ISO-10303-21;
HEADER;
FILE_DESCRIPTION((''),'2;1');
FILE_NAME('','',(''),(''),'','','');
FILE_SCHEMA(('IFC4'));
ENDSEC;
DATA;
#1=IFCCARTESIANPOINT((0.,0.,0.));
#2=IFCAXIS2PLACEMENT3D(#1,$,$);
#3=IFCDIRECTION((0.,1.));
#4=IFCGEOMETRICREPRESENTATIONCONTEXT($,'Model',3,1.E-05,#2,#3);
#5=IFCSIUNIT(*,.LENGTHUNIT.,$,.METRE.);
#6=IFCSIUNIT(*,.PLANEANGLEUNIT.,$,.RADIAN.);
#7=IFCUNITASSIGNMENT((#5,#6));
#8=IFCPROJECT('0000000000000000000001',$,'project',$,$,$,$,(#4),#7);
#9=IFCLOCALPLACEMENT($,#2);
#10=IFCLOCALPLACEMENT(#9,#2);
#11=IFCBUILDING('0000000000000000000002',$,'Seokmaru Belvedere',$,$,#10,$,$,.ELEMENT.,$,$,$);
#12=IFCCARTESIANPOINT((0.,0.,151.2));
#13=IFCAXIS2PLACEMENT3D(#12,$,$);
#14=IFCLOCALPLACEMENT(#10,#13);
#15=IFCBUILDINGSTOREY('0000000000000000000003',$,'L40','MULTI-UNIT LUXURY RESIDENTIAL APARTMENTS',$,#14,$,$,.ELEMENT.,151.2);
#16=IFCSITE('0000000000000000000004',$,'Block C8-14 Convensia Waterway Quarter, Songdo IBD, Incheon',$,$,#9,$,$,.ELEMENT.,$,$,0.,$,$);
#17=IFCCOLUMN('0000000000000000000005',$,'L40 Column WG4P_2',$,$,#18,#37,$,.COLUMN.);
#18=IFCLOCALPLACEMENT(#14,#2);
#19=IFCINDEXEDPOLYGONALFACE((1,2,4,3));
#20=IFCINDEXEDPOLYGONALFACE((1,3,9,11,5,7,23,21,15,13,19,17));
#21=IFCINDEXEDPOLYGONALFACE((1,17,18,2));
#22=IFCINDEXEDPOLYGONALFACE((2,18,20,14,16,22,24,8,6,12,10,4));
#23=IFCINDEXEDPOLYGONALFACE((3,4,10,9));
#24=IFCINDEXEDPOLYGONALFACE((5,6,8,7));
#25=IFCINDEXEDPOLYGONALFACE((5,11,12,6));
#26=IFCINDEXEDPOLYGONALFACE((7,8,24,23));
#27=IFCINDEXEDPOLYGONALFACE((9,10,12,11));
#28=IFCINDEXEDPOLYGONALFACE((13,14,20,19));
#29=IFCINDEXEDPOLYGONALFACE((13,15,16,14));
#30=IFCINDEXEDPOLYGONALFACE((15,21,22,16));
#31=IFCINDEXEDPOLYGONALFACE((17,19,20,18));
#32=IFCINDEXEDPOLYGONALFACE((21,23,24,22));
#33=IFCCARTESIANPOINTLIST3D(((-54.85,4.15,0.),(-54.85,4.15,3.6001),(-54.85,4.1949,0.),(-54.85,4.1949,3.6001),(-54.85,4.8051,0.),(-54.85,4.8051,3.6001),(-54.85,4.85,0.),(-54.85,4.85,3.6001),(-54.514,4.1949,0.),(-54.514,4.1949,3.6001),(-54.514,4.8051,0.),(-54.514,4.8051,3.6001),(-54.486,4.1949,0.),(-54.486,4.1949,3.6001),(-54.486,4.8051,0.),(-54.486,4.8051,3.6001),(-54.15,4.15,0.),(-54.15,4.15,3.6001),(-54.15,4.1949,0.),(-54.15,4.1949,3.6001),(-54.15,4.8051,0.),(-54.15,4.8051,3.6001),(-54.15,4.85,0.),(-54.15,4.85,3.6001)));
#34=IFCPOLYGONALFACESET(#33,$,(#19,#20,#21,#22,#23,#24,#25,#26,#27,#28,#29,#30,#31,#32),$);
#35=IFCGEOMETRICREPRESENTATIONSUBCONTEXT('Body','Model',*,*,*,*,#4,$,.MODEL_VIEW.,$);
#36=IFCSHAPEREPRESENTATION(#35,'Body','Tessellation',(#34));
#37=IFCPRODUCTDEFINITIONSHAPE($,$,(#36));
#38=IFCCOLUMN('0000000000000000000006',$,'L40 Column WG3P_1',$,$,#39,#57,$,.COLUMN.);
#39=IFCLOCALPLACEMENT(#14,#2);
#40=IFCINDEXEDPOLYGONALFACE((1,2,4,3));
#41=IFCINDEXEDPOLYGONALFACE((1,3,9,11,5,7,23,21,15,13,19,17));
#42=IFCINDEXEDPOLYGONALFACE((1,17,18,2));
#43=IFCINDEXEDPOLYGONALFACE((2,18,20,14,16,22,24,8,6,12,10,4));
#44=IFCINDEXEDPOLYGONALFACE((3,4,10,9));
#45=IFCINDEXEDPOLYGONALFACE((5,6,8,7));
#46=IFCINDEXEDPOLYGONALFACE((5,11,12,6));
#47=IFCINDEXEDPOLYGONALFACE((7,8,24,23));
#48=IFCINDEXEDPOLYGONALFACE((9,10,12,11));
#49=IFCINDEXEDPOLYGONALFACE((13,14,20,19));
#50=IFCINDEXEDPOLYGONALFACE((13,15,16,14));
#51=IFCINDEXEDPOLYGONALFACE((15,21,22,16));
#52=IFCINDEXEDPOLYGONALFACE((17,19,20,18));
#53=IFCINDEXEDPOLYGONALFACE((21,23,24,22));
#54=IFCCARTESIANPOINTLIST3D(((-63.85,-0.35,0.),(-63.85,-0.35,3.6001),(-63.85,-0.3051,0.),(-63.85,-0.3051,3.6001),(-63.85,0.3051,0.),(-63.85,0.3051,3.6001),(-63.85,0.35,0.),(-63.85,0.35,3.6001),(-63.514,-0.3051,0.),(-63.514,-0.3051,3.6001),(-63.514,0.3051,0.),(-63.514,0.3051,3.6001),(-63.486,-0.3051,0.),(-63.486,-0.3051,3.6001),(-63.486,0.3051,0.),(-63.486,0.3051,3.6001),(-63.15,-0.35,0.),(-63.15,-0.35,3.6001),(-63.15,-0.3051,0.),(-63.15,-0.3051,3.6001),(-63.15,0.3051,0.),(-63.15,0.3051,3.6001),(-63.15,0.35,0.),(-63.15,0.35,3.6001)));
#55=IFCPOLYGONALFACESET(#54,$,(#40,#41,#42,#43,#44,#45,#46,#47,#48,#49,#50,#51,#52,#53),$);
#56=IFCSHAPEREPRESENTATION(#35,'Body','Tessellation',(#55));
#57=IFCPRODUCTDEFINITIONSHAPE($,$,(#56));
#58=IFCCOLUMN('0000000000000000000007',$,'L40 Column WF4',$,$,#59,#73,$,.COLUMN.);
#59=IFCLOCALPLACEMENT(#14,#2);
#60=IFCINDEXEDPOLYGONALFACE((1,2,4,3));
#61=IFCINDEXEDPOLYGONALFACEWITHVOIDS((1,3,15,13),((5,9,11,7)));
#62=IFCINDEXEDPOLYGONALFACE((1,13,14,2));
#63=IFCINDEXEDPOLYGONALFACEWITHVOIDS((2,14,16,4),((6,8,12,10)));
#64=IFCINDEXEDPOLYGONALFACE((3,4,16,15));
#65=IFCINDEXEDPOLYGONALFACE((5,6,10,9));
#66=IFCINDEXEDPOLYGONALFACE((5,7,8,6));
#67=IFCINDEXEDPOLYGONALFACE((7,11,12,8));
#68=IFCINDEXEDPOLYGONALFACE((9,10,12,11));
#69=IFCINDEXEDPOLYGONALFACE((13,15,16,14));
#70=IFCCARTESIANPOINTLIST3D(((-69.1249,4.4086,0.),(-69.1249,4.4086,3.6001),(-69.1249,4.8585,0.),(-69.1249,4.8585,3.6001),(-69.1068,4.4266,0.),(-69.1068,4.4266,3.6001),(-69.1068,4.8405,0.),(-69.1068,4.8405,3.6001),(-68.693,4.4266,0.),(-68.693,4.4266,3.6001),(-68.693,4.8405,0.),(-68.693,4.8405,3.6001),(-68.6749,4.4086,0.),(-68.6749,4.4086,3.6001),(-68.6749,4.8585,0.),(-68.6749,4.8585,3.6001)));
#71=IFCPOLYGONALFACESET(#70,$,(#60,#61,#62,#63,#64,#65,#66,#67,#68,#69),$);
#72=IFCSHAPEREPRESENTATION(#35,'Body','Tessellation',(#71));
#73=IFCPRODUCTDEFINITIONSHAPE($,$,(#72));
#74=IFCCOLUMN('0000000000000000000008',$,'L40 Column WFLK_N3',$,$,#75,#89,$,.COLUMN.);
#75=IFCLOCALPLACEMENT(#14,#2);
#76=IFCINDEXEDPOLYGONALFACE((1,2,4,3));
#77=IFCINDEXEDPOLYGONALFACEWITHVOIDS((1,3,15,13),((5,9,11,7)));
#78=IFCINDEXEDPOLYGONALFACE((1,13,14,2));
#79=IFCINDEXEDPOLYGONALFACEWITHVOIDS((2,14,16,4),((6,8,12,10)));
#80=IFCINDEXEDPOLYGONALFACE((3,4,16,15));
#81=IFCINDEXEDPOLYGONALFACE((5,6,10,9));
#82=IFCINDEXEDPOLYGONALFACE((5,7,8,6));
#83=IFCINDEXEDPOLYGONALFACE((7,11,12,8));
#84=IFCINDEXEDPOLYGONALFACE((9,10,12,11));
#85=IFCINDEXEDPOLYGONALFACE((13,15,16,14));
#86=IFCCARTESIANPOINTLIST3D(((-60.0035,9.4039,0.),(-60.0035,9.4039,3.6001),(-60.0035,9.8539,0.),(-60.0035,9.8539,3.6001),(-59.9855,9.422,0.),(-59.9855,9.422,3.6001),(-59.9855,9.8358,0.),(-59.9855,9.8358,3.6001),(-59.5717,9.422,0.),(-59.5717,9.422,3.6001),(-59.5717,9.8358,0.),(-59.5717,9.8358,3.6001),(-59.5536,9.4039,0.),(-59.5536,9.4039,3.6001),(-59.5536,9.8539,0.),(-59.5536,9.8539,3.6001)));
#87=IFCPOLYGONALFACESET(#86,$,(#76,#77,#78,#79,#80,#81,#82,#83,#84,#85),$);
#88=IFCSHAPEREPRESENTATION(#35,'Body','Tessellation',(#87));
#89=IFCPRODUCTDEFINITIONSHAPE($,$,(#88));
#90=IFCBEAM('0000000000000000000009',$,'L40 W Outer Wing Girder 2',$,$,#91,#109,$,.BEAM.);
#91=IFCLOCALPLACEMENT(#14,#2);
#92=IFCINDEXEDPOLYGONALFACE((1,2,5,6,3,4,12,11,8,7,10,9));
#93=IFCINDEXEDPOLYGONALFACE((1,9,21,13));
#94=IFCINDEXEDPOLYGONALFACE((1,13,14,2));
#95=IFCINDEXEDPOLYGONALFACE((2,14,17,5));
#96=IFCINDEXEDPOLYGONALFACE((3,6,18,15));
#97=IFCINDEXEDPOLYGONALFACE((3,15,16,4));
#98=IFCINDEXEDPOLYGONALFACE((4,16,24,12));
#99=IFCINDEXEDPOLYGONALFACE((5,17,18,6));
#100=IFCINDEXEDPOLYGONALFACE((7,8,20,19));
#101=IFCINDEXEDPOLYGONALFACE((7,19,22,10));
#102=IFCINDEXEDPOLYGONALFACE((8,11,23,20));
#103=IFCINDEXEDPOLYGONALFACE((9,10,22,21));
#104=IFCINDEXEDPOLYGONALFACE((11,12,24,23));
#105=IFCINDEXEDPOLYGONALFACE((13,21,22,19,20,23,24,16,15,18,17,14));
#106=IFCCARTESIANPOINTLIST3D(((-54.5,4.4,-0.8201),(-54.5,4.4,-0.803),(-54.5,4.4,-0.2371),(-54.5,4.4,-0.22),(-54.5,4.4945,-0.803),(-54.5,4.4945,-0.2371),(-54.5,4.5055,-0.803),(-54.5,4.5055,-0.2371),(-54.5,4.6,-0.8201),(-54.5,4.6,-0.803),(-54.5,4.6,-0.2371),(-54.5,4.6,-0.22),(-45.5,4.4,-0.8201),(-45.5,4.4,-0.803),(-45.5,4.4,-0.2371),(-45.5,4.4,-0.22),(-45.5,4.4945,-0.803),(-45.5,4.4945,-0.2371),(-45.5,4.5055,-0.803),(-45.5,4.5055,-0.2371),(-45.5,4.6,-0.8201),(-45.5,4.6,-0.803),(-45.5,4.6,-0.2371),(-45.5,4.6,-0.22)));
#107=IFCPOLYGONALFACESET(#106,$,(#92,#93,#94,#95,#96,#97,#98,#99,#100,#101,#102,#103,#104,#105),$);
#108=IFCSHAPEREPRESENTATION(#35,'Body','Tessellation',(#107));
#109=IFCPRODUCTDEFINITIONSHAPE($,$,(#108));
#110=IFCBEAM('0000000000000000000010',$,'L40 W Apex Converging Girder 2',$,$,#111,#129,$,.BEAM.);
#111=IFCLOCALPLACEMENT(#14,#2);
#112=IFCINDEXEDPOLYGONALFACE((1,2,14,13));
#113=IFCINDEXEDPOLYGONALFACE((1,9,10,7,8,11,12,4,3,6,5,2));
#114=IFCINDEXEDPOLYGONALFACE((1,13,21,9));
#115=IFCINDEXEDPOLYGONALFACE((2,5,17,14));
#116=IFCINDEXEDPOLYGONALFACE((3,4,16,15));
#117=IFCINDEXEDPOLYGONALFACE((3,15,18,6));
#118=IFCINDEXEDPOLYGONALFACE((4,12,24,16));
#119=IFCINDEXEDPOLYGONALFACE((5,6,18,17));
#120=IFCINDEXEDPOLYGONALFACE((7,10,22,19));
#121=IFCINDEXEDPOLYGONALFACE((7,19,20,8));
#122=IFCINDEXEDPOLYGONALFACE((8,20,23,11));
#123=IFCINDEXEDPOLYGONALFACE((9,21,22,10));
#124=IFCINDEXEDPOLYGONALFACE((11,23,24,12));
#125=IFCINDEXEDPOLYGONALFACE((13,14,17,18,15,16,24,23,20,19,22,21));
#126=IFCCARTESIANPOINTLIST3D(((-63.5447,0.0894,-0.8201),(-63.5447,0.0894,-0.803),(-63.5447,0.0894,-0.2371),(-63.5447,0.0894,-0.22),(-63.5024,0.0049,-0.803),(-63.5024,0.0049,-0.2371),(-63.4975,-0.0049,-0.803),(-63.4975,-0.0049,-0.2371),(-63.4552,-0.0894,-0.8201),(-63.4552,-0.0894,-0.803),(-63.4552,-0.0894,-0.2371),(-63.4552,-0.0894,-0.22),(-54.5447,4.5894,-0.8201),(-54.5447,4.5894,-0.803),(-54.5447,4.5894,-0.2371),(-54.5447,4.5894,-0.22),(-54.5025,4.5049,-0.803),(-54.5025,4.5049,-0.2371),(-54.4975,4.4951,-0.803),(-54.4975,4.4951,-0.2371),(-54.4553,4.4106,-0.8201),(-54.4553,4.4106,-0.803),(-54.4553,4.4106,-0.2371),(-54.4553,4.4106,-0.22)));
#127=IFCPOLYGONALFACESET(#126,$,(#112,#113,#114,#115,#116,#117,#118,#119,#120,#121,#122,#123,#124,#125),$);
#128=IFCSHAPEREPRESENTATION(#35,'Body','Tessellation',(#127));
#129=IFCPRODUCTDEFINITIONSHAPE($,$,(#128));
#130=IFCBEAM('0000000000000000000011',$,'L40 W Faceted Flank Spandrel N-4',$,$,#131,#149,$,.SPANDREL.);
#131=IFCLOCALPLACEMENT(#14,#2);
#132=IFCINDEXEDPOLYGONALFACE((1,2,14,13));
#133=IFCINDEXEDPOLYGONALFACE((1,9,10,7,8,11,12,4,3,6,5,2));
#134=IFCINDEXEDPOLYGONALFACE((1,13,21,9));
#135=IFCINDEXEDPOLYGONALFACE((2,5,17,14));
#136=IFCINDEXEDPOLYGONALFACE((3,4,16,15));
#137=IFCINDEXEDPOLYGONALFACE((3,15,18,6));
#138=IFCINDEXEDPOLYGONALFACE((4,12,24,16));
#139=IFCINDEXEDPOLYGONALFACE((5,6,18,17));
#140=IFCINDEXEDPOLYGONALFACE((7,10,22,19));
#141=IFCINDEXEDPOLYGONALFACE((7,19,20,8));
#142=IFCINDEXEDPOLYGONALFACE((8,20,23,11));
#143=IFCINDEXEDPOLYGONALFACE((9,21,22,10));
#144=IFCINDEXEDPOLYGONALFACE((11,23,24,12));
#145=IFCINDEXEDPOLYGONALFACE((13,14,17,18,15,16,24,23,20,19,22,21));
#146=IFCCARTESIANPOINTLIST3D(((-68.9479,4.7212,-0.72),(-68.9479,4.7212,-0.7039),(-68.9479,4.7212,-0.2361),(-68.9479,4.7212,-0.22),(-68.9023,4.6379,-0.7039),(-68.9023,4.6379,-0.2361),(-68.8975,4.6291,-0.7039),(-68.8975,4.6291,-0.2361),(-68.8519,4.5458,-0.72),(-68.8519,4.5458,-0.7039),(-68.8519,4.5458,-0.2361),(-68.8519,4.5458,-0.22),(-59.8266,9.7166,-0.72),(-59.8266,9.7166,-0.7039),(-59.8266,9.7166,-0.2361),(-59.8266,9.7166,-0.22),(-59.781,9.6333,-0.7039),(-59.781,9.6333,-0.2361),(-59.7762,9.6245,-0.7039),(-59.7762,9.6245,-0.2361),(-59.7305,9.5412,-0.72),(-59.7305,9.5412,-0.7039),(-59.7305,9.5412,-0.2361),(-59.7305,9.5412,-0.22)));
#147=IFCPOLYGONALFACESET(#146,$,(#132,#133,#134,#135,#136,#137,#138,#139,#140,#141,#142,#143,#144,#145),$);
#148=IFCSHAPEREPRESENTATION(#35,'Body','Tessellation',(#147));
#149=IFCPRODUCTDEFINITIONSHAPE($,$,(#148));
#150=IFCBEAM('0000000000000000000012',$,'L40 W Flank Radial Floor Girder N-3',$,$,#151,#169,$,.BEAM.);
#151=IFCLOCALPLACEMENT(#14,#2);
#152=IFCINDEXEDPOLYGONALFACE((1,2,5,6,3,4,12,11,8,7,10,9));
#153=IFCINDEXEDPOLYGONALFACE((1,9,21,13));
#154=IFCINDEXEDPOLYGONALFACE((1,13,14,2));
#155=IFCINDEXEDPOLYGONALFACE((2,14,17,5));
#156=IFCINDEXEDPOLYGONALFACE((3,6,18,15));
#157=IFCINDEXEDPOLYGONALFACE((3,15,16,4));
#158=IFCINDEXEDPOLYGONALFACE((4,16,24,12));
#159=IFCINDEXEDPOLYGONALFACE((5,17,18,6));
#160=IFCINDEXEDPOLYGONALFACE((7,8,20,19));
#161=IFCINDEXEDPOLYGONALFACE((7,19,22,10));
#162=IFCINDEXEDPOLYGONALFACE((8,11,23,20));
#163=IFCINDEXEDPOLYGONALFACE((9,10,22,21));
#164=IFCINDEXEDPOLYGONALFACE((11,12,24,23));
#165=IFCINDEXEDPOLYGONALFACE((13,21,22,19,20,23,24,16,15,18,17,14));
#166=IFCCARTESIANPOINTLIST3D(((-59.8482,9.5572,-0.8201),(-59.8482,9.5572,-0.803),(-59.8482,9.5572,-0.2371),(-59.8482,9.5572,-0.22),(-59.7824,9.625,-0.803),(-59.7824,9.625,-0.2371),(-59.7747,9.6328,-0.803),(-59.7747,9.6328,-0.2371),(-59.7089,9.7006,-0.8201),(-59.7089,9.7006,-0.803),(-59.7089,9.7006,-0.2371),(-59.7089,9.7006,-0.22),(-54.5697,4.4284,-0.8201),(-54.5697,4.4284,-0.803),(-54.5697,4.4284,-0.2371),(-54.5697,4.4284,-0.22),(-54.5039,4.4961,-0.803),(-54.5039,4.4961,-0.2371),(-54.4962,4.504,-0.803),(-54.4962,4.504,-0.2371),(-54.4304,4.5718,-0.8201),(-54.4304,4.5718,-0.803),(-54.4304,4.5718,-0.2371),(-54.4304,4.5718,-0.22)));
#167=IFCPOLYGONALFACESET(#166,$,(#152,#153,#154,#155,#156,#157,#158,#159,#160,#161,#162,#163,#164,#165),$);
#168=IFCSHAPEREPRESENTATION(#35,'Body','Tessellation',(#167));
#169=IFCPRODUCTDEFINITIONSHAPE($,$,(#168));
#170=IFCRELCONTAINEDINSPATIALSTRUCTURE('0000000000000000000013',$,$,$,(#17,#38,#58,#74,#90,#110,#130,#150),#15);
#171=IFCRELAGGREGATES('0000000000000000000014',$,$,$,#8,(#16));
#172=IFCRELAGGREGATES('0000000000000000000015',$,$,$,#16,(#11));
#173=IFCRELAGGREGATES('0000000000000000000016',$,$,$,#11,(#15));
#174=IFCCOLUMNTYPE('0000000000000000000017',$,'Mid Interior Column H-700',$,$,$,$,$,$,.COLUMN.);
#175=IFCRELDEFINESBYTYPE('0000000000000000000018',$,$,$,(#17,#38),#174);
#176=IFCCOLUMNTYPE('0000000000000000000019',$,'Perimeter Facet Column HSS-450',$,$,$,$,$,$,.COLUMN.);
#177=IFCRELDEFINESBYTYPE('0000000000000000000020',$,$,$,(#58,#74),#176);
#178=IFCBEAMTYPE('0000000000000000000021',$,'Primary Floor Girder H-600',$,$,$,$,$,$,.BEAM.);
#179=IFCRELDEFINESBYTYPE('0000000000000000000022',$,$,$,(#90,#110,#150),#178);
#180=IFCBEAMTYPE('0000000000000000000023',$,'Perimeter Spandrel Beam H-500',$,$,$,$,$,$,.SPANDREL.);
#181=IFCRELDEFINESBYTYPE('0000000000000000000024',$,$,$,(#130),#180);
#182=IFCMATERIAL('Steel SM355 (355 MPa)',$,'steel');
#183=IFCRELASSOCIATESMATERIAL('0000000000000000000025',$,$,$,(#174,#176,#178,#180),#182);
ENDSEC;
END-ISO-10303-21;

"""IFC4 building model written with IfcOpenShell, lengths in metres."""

from ifc_helpers import new_model, si_unit, direction, frame, origin, origin_2d, place, context, subcontext, project, spatial, hollow_rectangle, i_section, extrude, source, transform, mapped, material, material_profile, profile_set, type_object, type_shapes, element, save


model = new_model("IFC4")

# Units and contexts
model_context = context("Model", 3, precision=1e-05, world=origin(), true_north=direction((0.0, 1.0)))
body_context = subcontext(model_context, "Body", "Model", "MODEL_VIEW")
ifc_project = project(units=[si_unit("LENGTHUNIT", "METRE"), si_unit("PLANEANGLEUNIT", "RADIAN")], contexts=[model_context])

# Site, building, storey
site_placement = place(None, origin())
site = spatial("IfcSite", under=ifc_project, at=site_placement, Name="Block C8-14 Convensia Waterway Quarter, Songdo IBD, Incheon", CompositionType="ELEMENT", RefElevation=0.0)
building_placement = place(site_placement, origin())
building = spatial("IfcBuilding", under=site, at=building_placement, Name="Seokmaru Belvedere", CompositionType="ELEMENT")
storey_placement = place(building_placement, frame((0.0, 0.0, 151.2)))
storey = spatial("IfcBuildingStorey", under=building, at=storey_placement, Name="L40", Description="MULTI-UNIT LUXURY RESIDENTIAL APARTMENTS", CompositionType="ELEMENT", Elevation=151.2)

# Columns
ifc_material_1 = material(Name="Steel SM355 (355 MPa)", Category="steel")
ifc_material_profile_1 = material_profile(ifc_material_1, i_section(OverallWidth=0.7, OverallDepth=0.7, WebThickness=0.0281, FlangeThickness=0.0449, at=origin_2d()), Name="H-700x700x28x45")
ifc_profile_set_1 = profile_set([ifc_material_profile_1], Name="Steel SM355 (355 MPa)")
column_type_1 = type_object("IfcColumnType", Name="Mid Interior Column H-700", PredefinedType="COLUMN", material=ifc_profile_set_1)
shared_shape_1 = source(origin(), body_context, "Body", "SweptSolid", [
    extrude(i_section(OverallWidth=0.7, OverallDepth=0.7, WebThickness=0.0281, FlangeThickness=0.0449, at=origin_2d()), origin(), (0.0, 0.0, 1.0), 3.6001),
])
type_shapes(column_type_1, [shared_shape_1])
for number, where, z_axis, x_axis, name in (
    (1, (-54.5, 4.5, 0.0), (0.0, 0.0, 1.0), (1.0, 0.0, 0.0), "L40 Column WG4P_2"),
    (2, (-63.5, 0.0, 0.0), (0.0, 0.0, 1.0), (1.0, 0.0, 0.0), "L40 Column WG3P_1"),
):
    element("IfcColumn", number, at=place(storey_placement, frame(where, z_axis=z_axis, x_axis=x_axis)), inside=storey, type_object=column_type_1, Name=name, PredefinedType="COLUMN", context=body_context, shape_type="MappedRepresentation", body=[
        mapped(shared_shape_1, transform((0.0, 0.0, 0.0), scale=1.0)),
    ])
ifc_material_profile_2 = material_profile(ifc_material_1, hollow_rectangle(XDim=0.45, YDim=0.45, WallThickness=0.0181, at=origin_2d()), Name="HSS-450x450x18")
ifc_profile_set_2 = profile_set([ifc_material_profile_2], Name="Steel SM355 (355 MPa)")
column_type_2 = type_object("IfcColumnType", Name="Perimeter Facet Column HSS-450", PredefinedType="COLUMN", material=ifc_profile_set_2)
shared_shape_2 = source(origin(), body_context, "Body", "SweptSolid", [
    extrude(hollow_rectangle(XDim=0.45, YDim=0.45, WallThickness=0.0181, at=origin_2d()), origin(), (0.0, 0.0, 1.0), 3.6001),
])
type_shapes(column_type_2, [shared_shape_2])
for number, where, z_axis, x_axis, name in (
    (3, (-68.8999, 4.6335, 0.0), (0.0, 0.0, 1.0), (1.0, 0.0, 0.0), "L40 Column WF4"),
    (4, (-59.7786, 9.6289, 0.0), (0.0, 0.0, 1.0), (1.0, 0.0, 0.0), "L40 Column WFLK_N3"),
):
    element("IfcColumn", number, at=place(storey_placement, frame(where, z_axis=z_axis, x_axis=x_axis)), inside=storey, type_object=column_type_2, Name=name, PredefinedType="COLUMN", context=body_context, shape_type="MappedRepresentation", body=[
        mapped(shared_shape_2, transform((0.0, 0.0, 0.0), scale=1.0)),
    ])

# Beams
ifc_material_profile_3 = material_profile(ifc_material_1, i_section(OverallWidth=0.2, OverallDepth=0.6001, WebThickness=0.011, FlangeThickness=0.0171, at=origin_2d()), Name="H-600x200x11x17")
ifc_profile_set_3 = profile_set([ifc_material_profile_3], Name="Steel SM355 (355 MPa)")
beam_type_1 = type_object("IfcBeamType", Name="Primary Floor Girder H-600", PredefinedType="BEAM", material=ifc_profile_set_3)
shared_shape_3 = source(origin(), body_context, "Body", "SweptSolid", [
    extrude(i_section(OverallWidth=0.2, OverallDepth=0.6001, WebThickness=0.011, FlangeThickness=0.0171, at=origin_2d()), origin(), (0.0, 0.0, 1.0), 9.0),
])
beam_1_placement = place(storey_placement, frame((-54.5, 4.5, -0.52), z_axis=(1.0, 0.0, 0.0), x_axis=(0.0, 1.0, 0.0)))
element("IfcBeam", 5, at=beam_1_placement, inside=storey, type_object=beam_type_1, Name="L40 W Outer Wing Girder 2", PredefinedType="BEAM", context=body_context, shape_type="MappedRepresentation", body=[
    mapped(shared_shape_3, transform((0.0, 0.0, 0.0), scale=1.0)),
])
shared_shape_4 = source(origin(), body_context, "Body", "SweptSolid", [
    extrude(i_section(OverallWidth=0.2, OverallDepth=0.6001, WebThickness=0.011, FlangeThickness=0.0171, at=origin_2d()), origin(), (0.0, 0.0, 1.0), 10.0623),
])
beam_2_placement = place(storey_placement, frame((-54.5, 4.5, -0.52), z_axis=(-0.894427, -0.447214, 0.0), x_axis=(0.447214, -0.894427, 0.0)))
element("IfcBeam", 6, at=beam_2_placement, inside=storey, type_object=beam_type_1, Name="L40 W Apex Converging Girder 2", PredefinedType="BEAM", context=body_context, shape_type="MappedRepresentation", body=[
    mapped(shared_shape_4, transform((0.0, 0.0, 0.0), scale=1.0)),
])
ifc_material_profile_4 = material_profile(ifc_material_1, i_section(OverallWidth=0.2, OverallDepth=0.5, WebThickness=0.01, FlangeThickness=0.0161, at=origin_2d()), Name="H-500x200x10x16")
ifc_profile_set_4 = profile_set([ifc_material_profile_4], Name="Steel SM355 (355 MPa)")
beam_type_2 = type_object("IfcBeamType", Name="Perimeter Spandrel Beam H-500", PredefinedType="SPANDREL", material=ifc_profile_set_4)
shared_shape_5 = source(origin(), body_context, "Body", "SweptSolid", [
    extrude(i_section(OverallWidth=0.2, OverallDepth=0.5, WebThickness=0.01, FlangeThickness=0.0161, at=origin_2d()), origin(), (0.0, 0.0, 1.0), 10.3997),
])
type_shapes(beam_type_2, [shared_shape_5])
beam_3_placement = place(storey_placement, frame((-59.7786, 9.6289, -0.47), z_axis=(-0.877082, -0.48034, 0.0), x_axis=(0.48034, -0.877082, 0.0)))
element("IfcBeam", 7, at=beam_3_placement, inside=storey, type_object=beam_type_2, Name="L40 W Faceted Flank Spandrel N-4", PredefinedType="SPANDREL", context=body_context, shape_type="MappedRepresentation", body=[
    mapped(shared_shape_5, transform((0.0, 0.0, 0.0), scale=1.0)),
])
shared_shape_6 = source(origin(), body_context, "Body", "SweptSolid", [
    extrude(i_section(OverallWidth=0.2, OverallDepth=0.6001, WebThickness=0.011, FlangeThickness=0.0171, at=origin_2d()), origin(), (0.0, 0.0, 1.0), 7.3599),
])
beam_4_placement = place(storey_placement, frame((-59.7786, 9.6289, -0.52), z_axis=(0.717201, -0.696867, 0.0), x_axis=(0.696867, 0.717201, 0.0)))
element("IfcBeam", 8, at=beam_4_placement, inside=storey, type_object=beam_type_1, Name="L40 W Flank Radial Floor Girder N-3", PredefinedType="BEAM", context=body_context, shape_type="MappedRepresentation", body=[
    mapped(shared_shape_6, transform((0.0, 0.0, 0.0), scale=1.0)),
])

save(model, "model.ifc")
